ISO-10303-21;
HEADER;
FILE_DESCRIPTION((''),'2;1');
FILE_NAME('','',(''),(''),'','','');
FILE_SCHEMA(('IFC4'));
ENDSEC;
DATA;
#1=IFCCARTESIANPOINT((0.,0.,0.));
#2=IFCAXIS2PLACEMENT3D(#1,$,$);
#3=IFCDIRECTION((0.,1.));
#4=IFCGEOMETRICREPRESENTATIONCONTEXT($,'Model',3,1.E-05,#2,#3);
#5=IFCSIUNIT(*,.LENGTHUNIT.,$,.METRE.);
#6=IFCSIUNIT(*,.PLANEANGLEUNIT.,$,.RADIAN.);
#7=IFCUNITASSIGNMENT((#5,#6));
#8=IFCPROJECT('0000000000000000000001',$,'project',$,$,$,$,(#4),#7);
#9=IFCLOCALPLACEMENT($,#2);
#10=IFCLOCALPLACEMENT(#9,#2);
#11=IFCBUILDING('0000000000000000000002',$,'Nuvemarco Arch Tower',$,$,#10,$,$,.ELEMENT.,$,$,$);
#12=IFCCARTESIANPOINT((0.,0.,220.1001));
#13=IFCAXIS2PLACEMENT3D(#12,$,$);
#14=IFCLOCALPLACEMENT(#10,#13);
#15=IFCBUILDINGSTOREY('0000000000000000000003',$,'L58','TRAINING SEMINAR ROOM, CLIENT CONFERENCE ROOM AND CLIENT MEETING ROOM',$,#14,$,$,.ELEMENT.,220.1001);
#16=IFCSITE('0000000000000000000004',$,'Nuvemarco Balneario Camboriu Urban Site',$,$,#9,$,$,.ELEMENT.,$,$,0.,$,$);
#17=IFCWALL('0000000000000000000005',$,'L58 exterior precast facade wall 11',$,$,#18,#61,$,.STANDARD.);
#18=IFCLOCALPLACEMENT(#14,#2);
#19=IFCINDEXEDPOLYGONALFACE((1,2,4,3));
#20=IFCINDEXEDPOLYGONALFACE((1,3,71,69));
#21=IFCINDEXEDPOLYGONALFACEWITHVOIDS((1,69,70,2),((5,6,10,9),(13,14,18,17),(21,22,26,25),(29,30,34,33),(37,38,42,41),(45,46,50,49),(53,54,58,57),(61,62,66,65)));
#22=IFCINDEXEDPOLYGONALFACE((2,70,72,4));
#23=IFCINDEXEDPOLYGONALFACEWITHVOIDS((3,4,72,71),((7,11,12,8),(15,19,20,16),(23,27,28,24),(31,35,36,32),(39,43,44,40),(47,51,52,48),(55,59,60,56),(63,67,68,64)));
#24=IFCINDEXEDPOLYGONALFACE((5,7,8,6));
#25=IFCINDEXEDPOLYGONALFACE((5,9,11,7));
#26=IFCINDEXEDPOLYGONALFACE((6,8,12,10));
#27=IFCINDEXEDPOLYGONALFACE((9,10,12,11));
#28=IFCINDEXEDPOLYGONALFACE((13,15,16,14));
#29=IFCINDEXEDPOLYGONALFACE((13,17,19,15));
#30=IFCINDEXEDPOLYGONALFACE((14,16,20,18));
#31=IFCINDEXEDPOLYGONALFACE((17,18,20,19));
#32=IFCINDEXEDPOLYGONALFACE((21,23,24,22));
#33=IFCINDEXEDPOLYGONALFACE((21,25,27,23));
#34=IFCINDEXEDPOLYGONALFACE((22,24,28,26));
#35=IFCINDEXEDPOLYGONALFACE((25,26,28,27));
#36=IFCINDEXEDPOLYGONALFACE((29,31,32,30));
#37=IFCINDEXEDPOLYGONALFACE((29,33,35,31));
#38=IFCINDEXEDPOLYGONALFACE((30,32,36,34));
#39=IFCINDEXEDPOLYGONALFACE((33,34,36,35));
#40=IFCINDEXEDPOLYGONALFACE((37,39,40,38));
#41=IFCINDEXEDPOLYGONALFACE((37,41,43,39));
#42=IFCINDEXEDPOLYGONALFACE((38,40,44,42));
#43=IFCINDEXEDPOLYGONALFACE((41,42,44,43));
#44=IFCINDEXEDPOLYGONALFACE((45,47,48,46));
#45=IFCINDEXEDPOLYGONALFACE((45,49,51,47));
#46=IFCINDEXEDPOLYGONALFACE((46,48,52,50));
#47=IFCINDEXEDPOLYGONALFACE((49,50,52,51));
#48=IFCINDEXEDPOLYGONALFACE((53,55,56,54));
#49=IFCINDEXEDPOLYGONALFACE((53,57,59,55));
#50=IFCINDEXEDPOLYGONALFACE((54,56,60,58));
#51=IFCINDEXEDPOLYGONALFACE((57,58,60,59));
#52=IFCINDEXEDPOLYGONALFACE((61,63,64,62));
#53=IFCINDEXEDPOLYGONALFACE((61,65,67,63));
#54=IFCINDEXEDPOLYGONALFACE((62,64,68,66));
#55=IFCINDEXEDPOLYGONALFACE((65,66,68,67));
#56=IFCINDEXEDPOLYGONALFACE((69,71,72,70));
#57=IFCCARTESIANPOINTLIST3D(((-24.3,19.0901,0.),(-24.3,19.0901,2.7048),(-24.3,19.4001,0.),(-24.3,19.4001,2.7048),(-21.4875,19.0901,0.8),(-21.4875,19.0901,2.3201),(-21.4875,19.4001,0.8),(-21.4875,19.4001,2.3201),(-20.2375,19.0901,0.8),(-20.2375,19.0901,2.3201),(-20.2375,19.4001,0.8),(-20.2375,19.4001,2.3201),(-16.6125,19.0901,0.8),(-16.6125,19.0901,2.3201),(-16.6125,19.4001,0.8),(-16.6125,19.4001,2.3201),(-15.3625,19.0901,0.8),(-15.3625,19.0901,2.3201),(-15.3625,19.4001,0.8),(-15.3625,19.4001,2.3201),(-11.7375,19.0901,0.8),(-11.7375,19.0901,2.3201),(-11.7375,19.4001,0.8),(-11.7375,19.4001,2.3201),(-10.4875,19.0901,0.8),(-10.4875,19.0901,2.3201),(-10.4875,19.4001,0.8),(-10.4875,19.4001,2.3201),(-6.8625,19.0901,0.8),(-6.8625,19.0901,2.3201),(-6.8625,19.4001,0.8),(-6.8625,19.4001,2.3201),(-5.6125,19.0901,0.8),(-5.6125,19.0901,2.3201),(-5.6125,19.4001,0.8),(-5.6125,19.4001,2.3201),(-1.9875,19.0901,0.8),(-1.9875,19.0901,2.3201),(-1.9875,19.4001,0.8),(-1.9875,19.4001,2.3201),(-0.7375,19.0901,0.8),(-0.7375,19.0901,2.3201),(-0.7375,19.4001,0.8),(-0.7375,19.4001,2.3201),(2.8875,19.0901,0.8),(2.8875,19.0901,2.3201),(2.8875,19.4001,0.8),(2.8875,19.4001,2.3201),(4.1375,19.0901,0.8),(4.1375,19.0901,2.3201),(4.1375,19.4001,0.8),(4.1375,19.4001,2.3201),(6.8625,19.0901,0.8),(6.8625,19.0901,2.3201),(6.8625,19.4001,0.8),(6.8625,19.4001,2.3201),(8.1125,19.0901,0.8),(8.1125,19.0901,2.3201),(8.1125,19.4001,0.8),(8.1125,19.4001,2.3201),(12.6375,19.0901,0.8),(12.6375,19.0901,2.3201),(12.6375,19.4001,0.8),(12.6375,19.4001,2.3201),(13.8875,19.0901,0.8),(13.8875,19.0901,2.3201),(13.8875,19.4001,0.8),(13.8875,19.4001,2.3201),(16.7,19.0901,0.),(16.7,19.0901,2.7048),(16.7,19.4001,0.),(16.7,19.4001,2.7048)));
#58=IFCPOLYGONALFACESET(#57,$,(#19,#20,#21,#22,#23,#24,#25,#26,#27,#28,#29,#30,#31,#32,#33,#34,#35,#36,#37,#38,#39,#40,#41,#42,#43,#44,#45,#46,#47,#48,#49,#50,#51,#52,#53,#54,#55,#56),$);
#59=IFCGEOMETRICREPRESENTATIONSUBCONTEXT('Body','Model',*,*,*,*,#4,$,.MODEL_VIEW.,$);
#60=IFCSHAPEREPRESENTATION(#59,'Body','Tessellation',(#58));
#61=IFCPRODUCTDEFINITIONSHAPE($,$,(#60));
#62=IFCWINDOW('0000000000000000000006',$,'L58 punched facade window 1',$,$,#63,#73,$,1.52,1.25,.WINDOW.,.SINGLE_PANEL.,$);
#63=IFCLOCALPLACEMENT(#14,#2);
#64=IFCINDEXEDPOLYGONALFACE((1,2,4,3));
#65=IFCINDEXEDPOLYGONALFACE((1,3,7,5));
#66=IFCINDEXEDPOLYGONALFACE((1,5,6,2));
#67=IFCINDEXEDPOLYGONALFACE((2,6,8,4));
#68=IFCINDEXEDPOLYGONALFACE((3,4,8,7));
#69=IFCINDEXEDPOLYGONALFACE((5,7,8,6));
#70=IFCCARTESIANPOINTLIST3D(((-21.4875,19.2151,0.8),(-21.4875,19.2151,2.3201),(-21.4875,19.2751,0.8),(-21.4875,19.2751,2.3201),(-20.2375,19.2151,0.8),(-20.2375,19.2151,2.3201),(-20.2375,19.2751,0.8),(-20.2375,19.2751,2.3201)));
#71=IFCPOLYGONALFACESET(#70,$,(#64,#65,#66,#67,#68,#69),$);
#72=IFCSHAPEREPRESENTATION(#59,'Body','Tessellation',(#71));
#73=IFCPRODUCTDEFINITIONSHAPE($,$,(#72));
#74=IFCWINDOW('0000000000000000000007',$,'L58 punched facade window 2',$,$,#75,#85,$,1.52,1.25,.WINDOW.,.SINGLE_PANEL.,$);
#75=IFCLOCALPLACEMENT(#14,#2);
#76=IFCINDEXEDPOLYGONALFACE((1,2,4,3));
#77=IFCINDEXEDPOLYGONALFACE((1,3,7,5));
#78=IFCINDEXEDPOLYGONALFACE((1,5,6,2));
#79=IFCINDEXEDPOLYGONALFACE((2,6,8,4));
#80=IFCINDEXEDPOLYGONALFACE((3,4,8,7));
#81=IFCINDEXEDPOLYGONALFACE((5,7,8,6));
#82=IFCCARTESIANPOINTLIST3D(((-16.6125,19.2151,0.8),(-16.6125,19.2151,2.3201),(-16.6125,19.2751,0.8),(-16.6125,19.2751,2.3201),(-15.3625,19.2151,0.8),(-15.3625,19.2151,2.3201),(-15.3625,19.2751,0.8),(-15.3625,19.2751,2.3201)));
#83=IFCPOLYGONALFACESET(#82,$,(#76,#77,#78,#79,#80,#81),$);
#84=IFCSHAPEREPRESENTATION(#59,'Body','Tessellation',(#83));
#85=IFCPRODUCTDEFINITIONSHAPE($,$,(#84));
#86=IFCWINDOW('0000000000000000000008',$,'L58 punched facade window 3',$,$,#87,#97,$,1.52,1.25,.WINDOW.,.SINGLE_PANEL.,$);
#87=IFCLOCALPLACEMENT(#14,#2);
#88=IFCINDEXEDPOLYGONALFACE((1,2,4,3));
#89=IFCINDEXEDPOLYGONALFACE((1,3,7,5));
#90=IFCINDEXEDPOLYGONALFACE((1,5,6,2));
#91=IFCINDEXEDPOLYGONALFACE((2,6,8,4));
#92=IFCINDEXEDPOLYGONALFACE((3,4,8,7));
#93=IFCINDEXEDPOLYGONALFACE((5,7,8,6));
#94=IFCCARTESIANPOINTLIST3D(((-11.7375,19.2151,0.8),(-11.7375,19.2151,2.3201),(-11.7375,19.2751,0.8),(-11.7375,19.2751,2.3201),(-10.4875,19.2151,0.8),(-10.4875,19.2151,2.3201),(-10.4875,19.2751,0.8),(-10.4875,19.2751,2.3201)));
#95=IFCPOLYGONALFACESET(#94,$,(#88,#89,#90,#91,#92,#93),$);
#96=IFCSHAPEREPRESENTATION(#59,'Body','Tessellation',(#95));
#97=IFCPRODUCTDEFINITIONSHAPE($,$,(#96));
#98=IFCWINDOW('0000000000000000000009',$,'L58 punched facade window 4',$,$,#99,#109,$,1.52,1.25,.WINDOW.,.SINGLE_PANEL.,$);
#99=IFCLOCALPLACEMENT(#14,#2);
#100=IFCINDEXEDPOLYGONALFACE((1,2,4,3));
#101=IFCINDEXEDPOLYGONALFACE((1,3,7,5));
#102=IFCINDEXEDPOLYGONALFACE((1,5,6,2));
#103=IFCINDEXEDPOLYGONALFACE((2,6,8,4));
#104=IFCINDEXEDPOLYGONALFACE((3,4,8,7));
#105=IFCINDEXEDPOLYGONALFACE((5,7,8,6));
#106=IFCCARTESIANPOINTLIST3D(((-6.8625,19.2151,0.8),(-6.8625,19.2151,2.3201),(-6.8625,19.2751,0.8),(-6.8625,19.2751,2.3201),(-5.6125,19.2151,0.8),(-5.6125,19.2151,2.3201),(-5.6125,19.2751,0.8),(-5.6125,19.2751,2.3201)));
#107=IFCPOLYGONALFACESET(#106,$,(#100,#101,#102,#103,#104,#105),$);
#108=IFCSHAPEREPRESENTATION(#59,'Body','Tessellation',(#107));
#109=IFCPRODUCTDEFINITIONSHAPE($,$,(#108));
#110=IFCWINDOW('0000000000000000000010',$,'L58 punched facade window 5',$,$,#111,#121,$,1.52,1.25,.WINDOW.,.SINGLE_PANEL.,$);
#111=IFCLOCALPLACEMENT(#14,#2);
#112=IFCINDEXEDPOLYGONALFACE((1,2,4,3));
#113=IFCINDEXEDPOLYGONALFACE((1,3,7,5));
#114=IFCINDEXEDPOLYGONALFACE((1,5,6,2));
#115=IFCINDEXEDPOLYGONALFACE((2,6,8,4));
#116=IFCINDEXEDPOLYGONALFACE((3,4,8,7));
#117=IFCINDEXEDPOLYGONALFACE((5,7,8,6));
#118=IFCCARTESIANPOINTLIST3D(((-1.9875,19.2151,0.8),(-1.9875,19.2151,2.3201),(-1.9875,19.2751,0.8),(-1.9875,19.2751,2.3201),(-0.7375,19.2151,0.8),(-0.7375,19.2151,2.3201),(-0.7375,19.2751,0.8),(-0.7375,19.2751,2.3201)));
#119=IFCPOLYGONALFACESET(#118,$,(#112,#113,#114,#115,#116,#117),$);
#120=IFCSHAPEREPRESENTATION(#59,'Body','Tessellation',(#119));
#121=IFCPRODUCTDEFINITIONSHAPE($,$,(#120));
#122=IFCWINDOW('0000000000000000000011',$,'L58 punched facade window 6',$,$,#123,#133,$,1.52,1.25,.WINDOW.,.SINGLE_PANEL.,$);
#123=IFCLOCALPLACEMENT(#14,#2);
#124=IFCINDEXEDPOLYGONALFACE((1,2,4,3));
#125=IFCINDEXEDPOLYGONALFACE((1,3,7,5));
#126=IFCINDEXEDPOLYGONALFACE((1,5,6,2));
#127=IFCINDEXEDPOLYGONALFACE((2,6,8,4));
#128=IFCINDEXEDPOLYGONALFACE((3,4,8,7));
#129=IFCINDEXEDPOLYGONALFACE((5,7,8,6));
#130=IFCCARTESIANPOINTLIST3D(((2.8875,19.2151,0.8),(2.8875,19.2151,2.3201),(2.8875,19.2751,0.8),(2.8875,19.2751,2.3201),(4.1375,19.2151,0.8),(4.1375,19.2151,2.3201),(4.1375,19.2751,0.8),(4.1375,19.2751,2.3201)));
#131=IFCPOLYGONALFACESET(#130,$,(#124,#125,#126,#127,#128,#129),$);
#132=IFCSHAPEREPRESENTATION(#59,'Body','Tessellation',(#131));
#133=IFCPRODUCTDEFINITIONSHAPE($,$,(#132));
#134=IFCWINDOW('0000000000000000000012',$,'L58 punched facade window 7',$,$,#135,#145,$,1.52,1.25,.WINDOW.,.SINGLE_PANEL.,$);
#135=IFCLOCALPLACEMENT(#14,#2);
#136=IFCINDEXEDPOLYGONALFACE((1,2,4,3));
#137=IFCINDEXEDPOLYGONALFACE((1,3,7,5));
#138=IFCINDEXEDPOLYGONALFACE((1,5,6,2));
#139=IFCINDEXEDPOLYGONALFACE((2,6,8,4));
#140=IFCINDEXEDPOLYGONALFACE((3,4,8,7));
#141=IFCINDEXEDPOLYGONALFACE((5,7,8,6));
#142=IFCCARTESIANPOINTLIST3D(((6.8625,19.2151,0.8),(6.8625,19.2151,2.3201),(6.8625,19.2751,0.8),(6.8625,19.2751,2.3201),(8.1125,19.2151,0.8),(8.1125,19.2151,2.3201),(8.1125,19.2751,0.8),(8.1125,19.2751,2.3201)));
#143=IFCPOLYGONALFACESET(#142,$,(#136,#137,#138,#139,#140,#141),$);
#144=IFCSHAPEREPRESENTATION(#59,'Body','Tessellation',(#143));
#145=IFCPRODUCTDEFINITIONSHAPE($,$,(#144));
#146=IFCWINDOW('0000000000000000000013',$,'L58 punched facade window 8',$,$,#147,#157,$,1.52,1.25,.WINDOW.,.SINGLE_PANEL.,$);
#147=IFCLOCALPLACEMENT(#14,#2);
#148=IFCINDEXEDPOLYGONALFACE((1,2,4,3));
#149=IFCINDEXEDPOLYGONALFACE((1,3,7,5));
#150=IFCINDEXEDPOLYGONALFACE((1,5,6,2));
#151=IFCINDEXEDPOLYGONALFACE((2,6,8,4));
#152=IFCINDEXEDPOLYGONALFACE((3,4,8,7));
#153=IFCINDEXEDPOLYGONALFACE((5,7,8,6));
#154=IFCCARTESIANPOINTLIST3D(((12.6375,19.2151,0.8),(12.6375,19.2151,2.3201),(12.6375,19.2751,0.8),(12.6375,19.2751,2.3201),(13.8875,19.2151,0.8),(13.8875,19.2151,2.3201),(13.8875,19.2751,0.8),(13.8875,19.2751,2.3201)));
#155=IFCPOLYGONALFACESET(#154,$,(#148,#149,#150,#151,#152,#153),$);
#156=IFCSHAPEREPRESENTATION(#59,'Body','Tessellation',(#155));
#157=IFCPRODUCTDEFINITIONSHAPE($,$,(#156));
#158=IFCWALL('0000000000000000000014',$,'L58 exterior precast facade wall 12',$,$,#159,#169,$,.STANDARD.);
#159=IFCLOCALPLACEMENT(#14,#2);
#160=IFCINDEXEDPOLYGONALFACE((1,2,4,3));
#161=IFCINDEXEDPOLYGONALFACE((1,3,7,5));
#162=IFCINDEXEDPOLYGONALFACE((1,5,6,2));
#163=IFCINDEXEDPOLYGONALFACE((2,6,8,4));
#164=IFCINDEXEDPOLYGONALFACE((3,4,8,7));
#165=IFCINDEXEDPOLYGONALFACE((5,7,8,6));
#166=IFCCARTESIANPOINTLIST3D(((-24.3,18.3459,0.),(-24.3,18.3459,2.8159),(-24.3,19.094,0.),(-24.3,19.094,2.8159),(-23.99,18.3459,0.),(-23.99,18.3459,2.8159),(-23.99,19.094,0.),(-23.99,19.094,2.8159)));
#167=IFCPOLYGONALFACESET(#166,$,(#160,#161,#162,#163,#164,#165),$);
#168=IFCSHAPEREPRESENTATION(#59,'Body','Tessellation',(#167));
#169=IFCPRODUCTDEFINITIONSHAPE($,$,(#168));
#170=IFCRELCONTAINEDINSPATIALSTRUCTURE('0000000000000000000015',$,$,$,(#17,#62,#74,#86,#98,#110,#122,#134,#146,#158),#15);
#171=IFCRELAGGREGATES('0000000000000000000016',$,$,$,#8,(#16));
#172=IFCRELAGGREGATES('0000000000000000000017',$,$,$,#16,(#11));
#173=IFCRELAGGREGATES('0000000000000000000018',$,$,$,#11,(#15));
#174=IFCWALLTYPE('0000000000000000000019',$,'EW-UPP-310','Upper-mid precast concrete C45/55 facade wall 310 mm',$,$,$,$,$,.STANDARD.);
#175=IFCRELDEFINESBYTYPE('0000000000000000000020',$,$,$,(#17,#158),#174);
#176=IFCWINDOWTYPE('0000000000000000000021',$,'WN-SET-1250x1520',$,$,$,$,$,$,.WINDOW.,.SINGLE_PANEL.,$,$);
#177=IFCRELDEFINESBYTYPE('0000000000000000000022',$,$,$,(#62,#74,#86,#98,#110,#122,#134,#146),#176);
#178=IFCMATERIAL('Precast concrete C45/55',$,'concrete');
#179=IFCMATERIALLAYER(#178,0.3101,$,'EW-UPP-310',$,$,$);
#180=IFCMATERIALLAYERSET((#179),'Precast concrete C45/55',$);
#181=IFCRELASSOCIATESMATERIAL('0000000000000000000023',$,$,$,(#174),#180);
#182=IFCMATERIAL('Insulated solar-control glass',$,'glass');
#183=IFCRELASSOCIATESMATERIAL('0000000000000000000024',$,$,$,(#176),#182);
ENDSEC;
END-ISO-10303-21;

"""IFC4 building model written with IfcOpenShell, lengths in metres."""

from ifc_helpers import new_model, si_unit, direction, frame, frame_2d, origin, place, context, subcontext, project, spatial, rectangle, extrude, source, transform, mapped, material, layer, layer_set, type_object, type_shapes, element, fill, save


model = new_model("IFC4")

# Units and contexts
model_context = context("Model", 3, precision=1e-05, world=origin(), true_north=direction((0.0, 1.0)))
body_context = subcontext(model_context, "Body", "Model", "MODEL_VIEW")
ifc_project = project(units=[si_unit("LENGTHUNIT", "METRE"), si_unit("PLANEANGLEUNIT", "RADIAN")], contexts=[model_context])

# Site, building, storey
site_placement = place(None, origin())
site = spatial("IfcSite", under=ifc_project, at=site_placement, Name="Nuvemarco Balneario Camboriu Urban Site", CompositionType="ELEMENT", RefElevation=0.0)
building_placement = place(site_placement, origin())
building = spatial("IfcBuilding", under=site, at=building_placement, Name="Nuvemarco Arch Tower", CompositionType="ELEMENT")
storey_placement = place(building_placement, frame((0.0, 0.0, 220.1001)))
storey = spatial("IfcBuildingStorey", under=building, at=storey_placement, Name="L58", Description="TRAINING SEMINAR ROOM, CLIENT CONFERENCE ROOM AND CLIENT MEETING ROOM", CompositionType="ELEMENT", Elevation=220.1001)

# Wall, openings, windows
ifc_material_1 = material(Name="Precast concrete C45/55", Category="concrete")
ifc_layer = layer(ifc_material_1, 0.3101, Name="EW-UPP-310")
ifc_layer_set = layer_set([ifc_layer], Name="Precast concrete C45/55")
wall_type = type_object("IfcWallType", Name="EW-UPP-310", Description="Upper-mid precast concrete C45/55 facade wall 310 mm", PredefinedType="STANDARD", material=ifc_layer_set)
wall_1_placement = place(storey_placement, frame((-24.3, 19.2451, 0.0), z_axis=(0.0, 0.0, 1.0), x_axis=(1.0, 0.0, 0.0)))
wall_1 = element("IfcWall", 1, at=wall_1_placement, inside=storey, type_object=wall_type, Name="L58 exterior precast facade wall 11", PredefinedType="STANDARD", context=body_context, shape_type="SweptSolid", body=[
    extrude(rectangle(XDim=41.0, YDim=0.3101, at=frame_2d((20.5, 0.0))), origin(), (0.0, 0.0, 1.0), 2.7048),
])
opening_1_placement = place(wall_1_placement, frame((2.8125, 0.0, 0.8)))
opening_1 = element("IfcOpeningElement", 2, at=opening_1_placement, cuts=wall_1, PredefinedType="OPENING", context=body_context, shape_type="SweptSolid", body=[
    extrude(rectangle(XDim=1.25, YDim=1.52, at=frame_2d((0.625, 0.76))), frame((0.0, 0.165, 0.0), z_axis=(0.0, -1.0, 0.0), x_axis=(1.0, 0.0, 0.0)), (0.0, 0.0, 1.0), 0.3301),
])
opening_2_placement = place(wall_1_placement, frame((7.6875, 0.0, 0.8)))
opening_2 = element("IfcOpeningElement", 3, at=opening_2_placement, cuts=wall_1, PredefinedType="OPENING", context=body_context, shape_type="SweptSolid", body=[
    extrude(rectangle(XDim=1.25, YDim=1.52, at=frame_2d((0.625, 0.76))), frame((0.0, 0.165, 0.0), z_axis=(0.0, -1.0, 0.0), x_axis=(1.0, 0.0, 0.0)), (0.0, 0.0, 1.0), 0.3301),
])
opening_3_placement = place(wall_1_placement, frame((12.5625, 0.0, 0.8)))
opening_3 = element("IfcOpeningElement", 4, at=opening_3_placement, cuts=wall_1, PredefinedType="OPENING", context=body_context, shape_type="SweptSolid", body=[
    extrude(rectangle(XDim=1.25, YDim=1.52, at=frame_2d((0.625, 0.76))), frame((0.0, 0.165, 0.0), z_axis=(0.0, -1.0, 0.0), x_axis=(1.0, 0.0, 0.0)), (0.0, 0.0, 1.0), 0.3301),
])
opening_4_placement = place(wall_1_placement, frame((17.4375, 0.0, 0.8)))
opening_4 = element("IfcOpeningElement", 5, at=opening_4_placement, cuts=wall_1, PredefinedType="OPENING", context=body_context, shape_type="SweptSolid", body=[
    extrude(rectangle(XDim=1.25, YDim=1.52, at=frame_2d((0.625, 0.76))), frame((0.0, 0.165, 0.0), z_axis=(0.0, -1.0, 0.0), x_axis=(1.0, 0.0, 0.0)), (0.0, 0.0, 1.0), 0.3301),
])
opening_5_placement = place(wall_1_placement, frame((22.3125, 0.0, 0.8)))
opening_5 = element("IfcOpeningElement", 6, at=opening_5_placement, cuts=wall_1, PredefinedType="OPENING", context=body_context, shape_type="SweptSolid", body=[
    extrude(rectangle(XDim=1.25, YDim=1.52, at=frame_2d((0.625, 0.76))), frame((0.0, 0.165, 0.0), z_axis=(0.0, -1.0, 0.0), x_axis=(1.0, 0.0, 0.0)), (0.0, 0.0, 1.0), 0.3301),
])
opening_6_placement = place(wall_1_placement, frame((27.1875, 0.0, 0.8)))
opening_6 = element("IfcOpeningElement", 7, at=opening_6_placement, cuts=wall_1, PredefinedType="OPENING", context=body_context, shape_type="SweptSolid", body=[
    extrude(rectangle(XDim=1.25, YDim=1.52, at=frame_2d((0.625, 0.76))), frame((0.0, 0.165, 0.0), z_axis=(0.0, -1.0, 0.0), x_axis=(1.0, 0.0, 0.0)), (0.0, 0.0, 1.0), 0.3301),
])
opening_7_placement = place(wall_1_placement, frame((31.1626, 0.0, 0.8)))
opening_7 = element("IfcOpeningElement", 8, at=opening_7_placement, cuts=wall_1, PredefinedType="OPENING", context=body_context, shape_type="SweptSolid", body=[
    extrude(rectangle(XDim=1.25, YDim=1.52, at=frame_2d((0.625, 0.76))), frame((0.0, 0.165, 0.0), z_axis=(0.0, -1.0, 0.0), x_axis=(1.0, 0.0, 0.0)), (0.0, 0.0, 1.0), 0.3301),
])
opening_8_placement = place(wall_1_placement, frame((36.9375, 0.0, 0.8)))
opening_8 = element("IfcOpeningElement", 9, at=opening_8_placement, cuts=wall_1, PredefinedType="OPENING", context=body_context, shape_type="SweptSolid", body=[
    extrude(rectangle(XDim=1.25, YDim=1.52, at=frame_2d((0.625, 0.76))), frame((0.0, 0.165, 0.0), z_axis=(0.0, -1.0, 0.0), x_axis=(1.0, 0.0, 0.0)), (0.0, 0.0, 1.0), 0.3301),
])
ifc_material_2 = material(Name="Insulated solar-control glass", Category="glass")
window_type = type_object("IfcWindowType", Name="WN-SET-1250x1520", PartitioningType="SINGLE_PANEL", PredefinedType="WINDOW", material=ifc_material_2)
shared_shape_1 = source(origin(), body_context, "Body", "SweptSolid", [
    extrude(rectangle(XDim=1.25, YDim=1.52, at=frame_2d((0.625, 0.76))), frame((0.0, 0.03, 0.0), z_axis=(0.0, -1.0, 0.0), x_axis=(1.0, 0.0, 0.0)), (0.0, 0.0, 1.0), 0.0601),
])
type_shapes(window_type, [shared_shape_1])
window_1_placement = place(opening_1_placement, origin())
window_1 = element("IfcWindow", 10, at=window_1_placement, inside=storey, type_object=window_type, Name="L58 punched facade window 1", OverallHeight=1.52, OverallWidth=1.25, PartitioningType="SINGLE_PANEL", PredefinedType="WINDOW", context=body_context, shape_type="MappedRepresentation", body=[
    mapped(shared_shape_1, transform((0.0, 0.0, 0.0), scale=1.0)),
])
fill(opening_1, window_1)
window_2_placement = place(opening_2_placement, origin())
window_2 = element("IfcWindow", 11, at=window_2_placement, inside=storey, type_object=window_type, Name="L58 punched facade window 2", OverallHeight=1.52, OverallWidth=1.25, PartitioningType="SINGLE_PANEL", PredefinedType="WINDOW", context=body_context, shape_type="MappedRepresentation", body=[
    mapped(shared_shape_1, transform((0.0, 0.0, 0.0), scale=1.0)),
])
fill(opening_2, window_2)
window_3_placement = place(opening_3_placement, origin())
window_3 = element("IfcWindow", 12, at=window_3_placement, inside=storey, type_object=window_type, Name="L58 punched facade window 3", OverallHeight=1.52, OverallWidth=1.25, PartitioningType="SINGLE_PANEL", PredefinedType="WINDOW", context=body_context, shape_type="MappedRepresentation", body=[
    mapped(shared_shape_1, transform((0.0, 0.0, 0.0), scale=1.0)),
])
fill(opening_3, window_3)
window_4_placement = place(opening_4_placement, origin())
window_4 = element("IfcWindow", 13, at=window_4_placement, inside=storey, type_object=window_type, Name="L58 punched facade window 4", OverallHeight=1.52, OverallWidth=1.25, PartitioningType="SINGLE_PANEL", PredefinedType="WINDOW", context=body_context, shape_type="MappedRepresentation", body=[
    mapped(shared_shape_1, transform((0.0, 0.0, 0.0), scale=1.0)),
])
fill(opening_4, window_4)
window_5_placement = place(opening_5_placement, origin())
window_5 = element("IfcWindow", 14, at=window_5_placement, inside=storey, type_object=window_type, Name="L58 punched facade window 5", OverallHeight=1.52, OverallWidth=1.25, PartitioningType="SINGLE_PANEL", PredefinedType="WINDOW", context=body_context, shape_type="MappedRepresentation", body=[
    mapped(shared_shape_1, transform((0.0, 0.0, 0.0), scale=1.0)),
])
fill(opening_5, window_5)
window_6_placement = place(opening_6_placement, origin())
window_6 = element("IfcWindow", 15, at=window_6_placement, inside=storey, type_object=window_type, Name="L58 punched facade window 6", OverallHeight=1.52, OverallWidth=1.25, PartitioningType="SINGLE_PANEL", PredefinedType="WINDOW", context=body_context, shape_type="MappedRepresentation", body=[
    mapped(shared_shape_1, transform((0.0, 0.0, 0.0), scale=1.0)),
])
fill(opening_6, window_6)
window_7_placement = place(opening_7_placement, origin())
window_7 = element("IfcWindow", 16, at=window_7_placement, inside=storey, type_object=window_type, Name="L58 punched facade window 7", OverallHeight=1.52, OverallWidth=1.25, PartitioningType="SINGLE_PANEL", PredefinedType="WINDOW", context=body_context, shape_type="MappedRepresentation", body=[
    mapped(shared_shape_1, transform((0.0, 0.0, 0.0), scale=1.0)),
])
fill(opening_7, window_7)
window_8_placement = place(opening_8_placement, origin())
window_8 = element("IfcWindow", 17, at=window_8_placement, inside=storey, type_object=window_type, Name="L58 punched facade window 8", OverallHeight=1.52, OverallWidth=1.25, PartitioningType="SINGLE_PANEL", PredefinedType="WINDOW", context=body_context, shape_type="MappedRepresentation", body=[
    mapped(shared_shape_1, transform((0.0, 0.0, 0.0), scale=1.0)),
])
fill(opening_8, window_8)

# Wall
wall_2_placement = place(storey_placement, frame((-24.145, 18.3459, 0.0), z_axis=(0.0, 0.0, 1.0), x_axis=(0.0, 1.0, 0.0)))
element("IfcWall", 18, at=wall_2_placement, inside=storey, type_object=wall_type, Name="L58 exterior precast facade wall 12", PredefinedType="STANDARD", context=body_context, shape_type="SweptSolid", body=[
    extrude(rectangle(XDim=0.748, YDim=0.3101, at=frame_2d((0.374, 0.0))), origin(), (0.0, 0.0, 1.0), 2.8159),
])

save(model, "model.ifc")
